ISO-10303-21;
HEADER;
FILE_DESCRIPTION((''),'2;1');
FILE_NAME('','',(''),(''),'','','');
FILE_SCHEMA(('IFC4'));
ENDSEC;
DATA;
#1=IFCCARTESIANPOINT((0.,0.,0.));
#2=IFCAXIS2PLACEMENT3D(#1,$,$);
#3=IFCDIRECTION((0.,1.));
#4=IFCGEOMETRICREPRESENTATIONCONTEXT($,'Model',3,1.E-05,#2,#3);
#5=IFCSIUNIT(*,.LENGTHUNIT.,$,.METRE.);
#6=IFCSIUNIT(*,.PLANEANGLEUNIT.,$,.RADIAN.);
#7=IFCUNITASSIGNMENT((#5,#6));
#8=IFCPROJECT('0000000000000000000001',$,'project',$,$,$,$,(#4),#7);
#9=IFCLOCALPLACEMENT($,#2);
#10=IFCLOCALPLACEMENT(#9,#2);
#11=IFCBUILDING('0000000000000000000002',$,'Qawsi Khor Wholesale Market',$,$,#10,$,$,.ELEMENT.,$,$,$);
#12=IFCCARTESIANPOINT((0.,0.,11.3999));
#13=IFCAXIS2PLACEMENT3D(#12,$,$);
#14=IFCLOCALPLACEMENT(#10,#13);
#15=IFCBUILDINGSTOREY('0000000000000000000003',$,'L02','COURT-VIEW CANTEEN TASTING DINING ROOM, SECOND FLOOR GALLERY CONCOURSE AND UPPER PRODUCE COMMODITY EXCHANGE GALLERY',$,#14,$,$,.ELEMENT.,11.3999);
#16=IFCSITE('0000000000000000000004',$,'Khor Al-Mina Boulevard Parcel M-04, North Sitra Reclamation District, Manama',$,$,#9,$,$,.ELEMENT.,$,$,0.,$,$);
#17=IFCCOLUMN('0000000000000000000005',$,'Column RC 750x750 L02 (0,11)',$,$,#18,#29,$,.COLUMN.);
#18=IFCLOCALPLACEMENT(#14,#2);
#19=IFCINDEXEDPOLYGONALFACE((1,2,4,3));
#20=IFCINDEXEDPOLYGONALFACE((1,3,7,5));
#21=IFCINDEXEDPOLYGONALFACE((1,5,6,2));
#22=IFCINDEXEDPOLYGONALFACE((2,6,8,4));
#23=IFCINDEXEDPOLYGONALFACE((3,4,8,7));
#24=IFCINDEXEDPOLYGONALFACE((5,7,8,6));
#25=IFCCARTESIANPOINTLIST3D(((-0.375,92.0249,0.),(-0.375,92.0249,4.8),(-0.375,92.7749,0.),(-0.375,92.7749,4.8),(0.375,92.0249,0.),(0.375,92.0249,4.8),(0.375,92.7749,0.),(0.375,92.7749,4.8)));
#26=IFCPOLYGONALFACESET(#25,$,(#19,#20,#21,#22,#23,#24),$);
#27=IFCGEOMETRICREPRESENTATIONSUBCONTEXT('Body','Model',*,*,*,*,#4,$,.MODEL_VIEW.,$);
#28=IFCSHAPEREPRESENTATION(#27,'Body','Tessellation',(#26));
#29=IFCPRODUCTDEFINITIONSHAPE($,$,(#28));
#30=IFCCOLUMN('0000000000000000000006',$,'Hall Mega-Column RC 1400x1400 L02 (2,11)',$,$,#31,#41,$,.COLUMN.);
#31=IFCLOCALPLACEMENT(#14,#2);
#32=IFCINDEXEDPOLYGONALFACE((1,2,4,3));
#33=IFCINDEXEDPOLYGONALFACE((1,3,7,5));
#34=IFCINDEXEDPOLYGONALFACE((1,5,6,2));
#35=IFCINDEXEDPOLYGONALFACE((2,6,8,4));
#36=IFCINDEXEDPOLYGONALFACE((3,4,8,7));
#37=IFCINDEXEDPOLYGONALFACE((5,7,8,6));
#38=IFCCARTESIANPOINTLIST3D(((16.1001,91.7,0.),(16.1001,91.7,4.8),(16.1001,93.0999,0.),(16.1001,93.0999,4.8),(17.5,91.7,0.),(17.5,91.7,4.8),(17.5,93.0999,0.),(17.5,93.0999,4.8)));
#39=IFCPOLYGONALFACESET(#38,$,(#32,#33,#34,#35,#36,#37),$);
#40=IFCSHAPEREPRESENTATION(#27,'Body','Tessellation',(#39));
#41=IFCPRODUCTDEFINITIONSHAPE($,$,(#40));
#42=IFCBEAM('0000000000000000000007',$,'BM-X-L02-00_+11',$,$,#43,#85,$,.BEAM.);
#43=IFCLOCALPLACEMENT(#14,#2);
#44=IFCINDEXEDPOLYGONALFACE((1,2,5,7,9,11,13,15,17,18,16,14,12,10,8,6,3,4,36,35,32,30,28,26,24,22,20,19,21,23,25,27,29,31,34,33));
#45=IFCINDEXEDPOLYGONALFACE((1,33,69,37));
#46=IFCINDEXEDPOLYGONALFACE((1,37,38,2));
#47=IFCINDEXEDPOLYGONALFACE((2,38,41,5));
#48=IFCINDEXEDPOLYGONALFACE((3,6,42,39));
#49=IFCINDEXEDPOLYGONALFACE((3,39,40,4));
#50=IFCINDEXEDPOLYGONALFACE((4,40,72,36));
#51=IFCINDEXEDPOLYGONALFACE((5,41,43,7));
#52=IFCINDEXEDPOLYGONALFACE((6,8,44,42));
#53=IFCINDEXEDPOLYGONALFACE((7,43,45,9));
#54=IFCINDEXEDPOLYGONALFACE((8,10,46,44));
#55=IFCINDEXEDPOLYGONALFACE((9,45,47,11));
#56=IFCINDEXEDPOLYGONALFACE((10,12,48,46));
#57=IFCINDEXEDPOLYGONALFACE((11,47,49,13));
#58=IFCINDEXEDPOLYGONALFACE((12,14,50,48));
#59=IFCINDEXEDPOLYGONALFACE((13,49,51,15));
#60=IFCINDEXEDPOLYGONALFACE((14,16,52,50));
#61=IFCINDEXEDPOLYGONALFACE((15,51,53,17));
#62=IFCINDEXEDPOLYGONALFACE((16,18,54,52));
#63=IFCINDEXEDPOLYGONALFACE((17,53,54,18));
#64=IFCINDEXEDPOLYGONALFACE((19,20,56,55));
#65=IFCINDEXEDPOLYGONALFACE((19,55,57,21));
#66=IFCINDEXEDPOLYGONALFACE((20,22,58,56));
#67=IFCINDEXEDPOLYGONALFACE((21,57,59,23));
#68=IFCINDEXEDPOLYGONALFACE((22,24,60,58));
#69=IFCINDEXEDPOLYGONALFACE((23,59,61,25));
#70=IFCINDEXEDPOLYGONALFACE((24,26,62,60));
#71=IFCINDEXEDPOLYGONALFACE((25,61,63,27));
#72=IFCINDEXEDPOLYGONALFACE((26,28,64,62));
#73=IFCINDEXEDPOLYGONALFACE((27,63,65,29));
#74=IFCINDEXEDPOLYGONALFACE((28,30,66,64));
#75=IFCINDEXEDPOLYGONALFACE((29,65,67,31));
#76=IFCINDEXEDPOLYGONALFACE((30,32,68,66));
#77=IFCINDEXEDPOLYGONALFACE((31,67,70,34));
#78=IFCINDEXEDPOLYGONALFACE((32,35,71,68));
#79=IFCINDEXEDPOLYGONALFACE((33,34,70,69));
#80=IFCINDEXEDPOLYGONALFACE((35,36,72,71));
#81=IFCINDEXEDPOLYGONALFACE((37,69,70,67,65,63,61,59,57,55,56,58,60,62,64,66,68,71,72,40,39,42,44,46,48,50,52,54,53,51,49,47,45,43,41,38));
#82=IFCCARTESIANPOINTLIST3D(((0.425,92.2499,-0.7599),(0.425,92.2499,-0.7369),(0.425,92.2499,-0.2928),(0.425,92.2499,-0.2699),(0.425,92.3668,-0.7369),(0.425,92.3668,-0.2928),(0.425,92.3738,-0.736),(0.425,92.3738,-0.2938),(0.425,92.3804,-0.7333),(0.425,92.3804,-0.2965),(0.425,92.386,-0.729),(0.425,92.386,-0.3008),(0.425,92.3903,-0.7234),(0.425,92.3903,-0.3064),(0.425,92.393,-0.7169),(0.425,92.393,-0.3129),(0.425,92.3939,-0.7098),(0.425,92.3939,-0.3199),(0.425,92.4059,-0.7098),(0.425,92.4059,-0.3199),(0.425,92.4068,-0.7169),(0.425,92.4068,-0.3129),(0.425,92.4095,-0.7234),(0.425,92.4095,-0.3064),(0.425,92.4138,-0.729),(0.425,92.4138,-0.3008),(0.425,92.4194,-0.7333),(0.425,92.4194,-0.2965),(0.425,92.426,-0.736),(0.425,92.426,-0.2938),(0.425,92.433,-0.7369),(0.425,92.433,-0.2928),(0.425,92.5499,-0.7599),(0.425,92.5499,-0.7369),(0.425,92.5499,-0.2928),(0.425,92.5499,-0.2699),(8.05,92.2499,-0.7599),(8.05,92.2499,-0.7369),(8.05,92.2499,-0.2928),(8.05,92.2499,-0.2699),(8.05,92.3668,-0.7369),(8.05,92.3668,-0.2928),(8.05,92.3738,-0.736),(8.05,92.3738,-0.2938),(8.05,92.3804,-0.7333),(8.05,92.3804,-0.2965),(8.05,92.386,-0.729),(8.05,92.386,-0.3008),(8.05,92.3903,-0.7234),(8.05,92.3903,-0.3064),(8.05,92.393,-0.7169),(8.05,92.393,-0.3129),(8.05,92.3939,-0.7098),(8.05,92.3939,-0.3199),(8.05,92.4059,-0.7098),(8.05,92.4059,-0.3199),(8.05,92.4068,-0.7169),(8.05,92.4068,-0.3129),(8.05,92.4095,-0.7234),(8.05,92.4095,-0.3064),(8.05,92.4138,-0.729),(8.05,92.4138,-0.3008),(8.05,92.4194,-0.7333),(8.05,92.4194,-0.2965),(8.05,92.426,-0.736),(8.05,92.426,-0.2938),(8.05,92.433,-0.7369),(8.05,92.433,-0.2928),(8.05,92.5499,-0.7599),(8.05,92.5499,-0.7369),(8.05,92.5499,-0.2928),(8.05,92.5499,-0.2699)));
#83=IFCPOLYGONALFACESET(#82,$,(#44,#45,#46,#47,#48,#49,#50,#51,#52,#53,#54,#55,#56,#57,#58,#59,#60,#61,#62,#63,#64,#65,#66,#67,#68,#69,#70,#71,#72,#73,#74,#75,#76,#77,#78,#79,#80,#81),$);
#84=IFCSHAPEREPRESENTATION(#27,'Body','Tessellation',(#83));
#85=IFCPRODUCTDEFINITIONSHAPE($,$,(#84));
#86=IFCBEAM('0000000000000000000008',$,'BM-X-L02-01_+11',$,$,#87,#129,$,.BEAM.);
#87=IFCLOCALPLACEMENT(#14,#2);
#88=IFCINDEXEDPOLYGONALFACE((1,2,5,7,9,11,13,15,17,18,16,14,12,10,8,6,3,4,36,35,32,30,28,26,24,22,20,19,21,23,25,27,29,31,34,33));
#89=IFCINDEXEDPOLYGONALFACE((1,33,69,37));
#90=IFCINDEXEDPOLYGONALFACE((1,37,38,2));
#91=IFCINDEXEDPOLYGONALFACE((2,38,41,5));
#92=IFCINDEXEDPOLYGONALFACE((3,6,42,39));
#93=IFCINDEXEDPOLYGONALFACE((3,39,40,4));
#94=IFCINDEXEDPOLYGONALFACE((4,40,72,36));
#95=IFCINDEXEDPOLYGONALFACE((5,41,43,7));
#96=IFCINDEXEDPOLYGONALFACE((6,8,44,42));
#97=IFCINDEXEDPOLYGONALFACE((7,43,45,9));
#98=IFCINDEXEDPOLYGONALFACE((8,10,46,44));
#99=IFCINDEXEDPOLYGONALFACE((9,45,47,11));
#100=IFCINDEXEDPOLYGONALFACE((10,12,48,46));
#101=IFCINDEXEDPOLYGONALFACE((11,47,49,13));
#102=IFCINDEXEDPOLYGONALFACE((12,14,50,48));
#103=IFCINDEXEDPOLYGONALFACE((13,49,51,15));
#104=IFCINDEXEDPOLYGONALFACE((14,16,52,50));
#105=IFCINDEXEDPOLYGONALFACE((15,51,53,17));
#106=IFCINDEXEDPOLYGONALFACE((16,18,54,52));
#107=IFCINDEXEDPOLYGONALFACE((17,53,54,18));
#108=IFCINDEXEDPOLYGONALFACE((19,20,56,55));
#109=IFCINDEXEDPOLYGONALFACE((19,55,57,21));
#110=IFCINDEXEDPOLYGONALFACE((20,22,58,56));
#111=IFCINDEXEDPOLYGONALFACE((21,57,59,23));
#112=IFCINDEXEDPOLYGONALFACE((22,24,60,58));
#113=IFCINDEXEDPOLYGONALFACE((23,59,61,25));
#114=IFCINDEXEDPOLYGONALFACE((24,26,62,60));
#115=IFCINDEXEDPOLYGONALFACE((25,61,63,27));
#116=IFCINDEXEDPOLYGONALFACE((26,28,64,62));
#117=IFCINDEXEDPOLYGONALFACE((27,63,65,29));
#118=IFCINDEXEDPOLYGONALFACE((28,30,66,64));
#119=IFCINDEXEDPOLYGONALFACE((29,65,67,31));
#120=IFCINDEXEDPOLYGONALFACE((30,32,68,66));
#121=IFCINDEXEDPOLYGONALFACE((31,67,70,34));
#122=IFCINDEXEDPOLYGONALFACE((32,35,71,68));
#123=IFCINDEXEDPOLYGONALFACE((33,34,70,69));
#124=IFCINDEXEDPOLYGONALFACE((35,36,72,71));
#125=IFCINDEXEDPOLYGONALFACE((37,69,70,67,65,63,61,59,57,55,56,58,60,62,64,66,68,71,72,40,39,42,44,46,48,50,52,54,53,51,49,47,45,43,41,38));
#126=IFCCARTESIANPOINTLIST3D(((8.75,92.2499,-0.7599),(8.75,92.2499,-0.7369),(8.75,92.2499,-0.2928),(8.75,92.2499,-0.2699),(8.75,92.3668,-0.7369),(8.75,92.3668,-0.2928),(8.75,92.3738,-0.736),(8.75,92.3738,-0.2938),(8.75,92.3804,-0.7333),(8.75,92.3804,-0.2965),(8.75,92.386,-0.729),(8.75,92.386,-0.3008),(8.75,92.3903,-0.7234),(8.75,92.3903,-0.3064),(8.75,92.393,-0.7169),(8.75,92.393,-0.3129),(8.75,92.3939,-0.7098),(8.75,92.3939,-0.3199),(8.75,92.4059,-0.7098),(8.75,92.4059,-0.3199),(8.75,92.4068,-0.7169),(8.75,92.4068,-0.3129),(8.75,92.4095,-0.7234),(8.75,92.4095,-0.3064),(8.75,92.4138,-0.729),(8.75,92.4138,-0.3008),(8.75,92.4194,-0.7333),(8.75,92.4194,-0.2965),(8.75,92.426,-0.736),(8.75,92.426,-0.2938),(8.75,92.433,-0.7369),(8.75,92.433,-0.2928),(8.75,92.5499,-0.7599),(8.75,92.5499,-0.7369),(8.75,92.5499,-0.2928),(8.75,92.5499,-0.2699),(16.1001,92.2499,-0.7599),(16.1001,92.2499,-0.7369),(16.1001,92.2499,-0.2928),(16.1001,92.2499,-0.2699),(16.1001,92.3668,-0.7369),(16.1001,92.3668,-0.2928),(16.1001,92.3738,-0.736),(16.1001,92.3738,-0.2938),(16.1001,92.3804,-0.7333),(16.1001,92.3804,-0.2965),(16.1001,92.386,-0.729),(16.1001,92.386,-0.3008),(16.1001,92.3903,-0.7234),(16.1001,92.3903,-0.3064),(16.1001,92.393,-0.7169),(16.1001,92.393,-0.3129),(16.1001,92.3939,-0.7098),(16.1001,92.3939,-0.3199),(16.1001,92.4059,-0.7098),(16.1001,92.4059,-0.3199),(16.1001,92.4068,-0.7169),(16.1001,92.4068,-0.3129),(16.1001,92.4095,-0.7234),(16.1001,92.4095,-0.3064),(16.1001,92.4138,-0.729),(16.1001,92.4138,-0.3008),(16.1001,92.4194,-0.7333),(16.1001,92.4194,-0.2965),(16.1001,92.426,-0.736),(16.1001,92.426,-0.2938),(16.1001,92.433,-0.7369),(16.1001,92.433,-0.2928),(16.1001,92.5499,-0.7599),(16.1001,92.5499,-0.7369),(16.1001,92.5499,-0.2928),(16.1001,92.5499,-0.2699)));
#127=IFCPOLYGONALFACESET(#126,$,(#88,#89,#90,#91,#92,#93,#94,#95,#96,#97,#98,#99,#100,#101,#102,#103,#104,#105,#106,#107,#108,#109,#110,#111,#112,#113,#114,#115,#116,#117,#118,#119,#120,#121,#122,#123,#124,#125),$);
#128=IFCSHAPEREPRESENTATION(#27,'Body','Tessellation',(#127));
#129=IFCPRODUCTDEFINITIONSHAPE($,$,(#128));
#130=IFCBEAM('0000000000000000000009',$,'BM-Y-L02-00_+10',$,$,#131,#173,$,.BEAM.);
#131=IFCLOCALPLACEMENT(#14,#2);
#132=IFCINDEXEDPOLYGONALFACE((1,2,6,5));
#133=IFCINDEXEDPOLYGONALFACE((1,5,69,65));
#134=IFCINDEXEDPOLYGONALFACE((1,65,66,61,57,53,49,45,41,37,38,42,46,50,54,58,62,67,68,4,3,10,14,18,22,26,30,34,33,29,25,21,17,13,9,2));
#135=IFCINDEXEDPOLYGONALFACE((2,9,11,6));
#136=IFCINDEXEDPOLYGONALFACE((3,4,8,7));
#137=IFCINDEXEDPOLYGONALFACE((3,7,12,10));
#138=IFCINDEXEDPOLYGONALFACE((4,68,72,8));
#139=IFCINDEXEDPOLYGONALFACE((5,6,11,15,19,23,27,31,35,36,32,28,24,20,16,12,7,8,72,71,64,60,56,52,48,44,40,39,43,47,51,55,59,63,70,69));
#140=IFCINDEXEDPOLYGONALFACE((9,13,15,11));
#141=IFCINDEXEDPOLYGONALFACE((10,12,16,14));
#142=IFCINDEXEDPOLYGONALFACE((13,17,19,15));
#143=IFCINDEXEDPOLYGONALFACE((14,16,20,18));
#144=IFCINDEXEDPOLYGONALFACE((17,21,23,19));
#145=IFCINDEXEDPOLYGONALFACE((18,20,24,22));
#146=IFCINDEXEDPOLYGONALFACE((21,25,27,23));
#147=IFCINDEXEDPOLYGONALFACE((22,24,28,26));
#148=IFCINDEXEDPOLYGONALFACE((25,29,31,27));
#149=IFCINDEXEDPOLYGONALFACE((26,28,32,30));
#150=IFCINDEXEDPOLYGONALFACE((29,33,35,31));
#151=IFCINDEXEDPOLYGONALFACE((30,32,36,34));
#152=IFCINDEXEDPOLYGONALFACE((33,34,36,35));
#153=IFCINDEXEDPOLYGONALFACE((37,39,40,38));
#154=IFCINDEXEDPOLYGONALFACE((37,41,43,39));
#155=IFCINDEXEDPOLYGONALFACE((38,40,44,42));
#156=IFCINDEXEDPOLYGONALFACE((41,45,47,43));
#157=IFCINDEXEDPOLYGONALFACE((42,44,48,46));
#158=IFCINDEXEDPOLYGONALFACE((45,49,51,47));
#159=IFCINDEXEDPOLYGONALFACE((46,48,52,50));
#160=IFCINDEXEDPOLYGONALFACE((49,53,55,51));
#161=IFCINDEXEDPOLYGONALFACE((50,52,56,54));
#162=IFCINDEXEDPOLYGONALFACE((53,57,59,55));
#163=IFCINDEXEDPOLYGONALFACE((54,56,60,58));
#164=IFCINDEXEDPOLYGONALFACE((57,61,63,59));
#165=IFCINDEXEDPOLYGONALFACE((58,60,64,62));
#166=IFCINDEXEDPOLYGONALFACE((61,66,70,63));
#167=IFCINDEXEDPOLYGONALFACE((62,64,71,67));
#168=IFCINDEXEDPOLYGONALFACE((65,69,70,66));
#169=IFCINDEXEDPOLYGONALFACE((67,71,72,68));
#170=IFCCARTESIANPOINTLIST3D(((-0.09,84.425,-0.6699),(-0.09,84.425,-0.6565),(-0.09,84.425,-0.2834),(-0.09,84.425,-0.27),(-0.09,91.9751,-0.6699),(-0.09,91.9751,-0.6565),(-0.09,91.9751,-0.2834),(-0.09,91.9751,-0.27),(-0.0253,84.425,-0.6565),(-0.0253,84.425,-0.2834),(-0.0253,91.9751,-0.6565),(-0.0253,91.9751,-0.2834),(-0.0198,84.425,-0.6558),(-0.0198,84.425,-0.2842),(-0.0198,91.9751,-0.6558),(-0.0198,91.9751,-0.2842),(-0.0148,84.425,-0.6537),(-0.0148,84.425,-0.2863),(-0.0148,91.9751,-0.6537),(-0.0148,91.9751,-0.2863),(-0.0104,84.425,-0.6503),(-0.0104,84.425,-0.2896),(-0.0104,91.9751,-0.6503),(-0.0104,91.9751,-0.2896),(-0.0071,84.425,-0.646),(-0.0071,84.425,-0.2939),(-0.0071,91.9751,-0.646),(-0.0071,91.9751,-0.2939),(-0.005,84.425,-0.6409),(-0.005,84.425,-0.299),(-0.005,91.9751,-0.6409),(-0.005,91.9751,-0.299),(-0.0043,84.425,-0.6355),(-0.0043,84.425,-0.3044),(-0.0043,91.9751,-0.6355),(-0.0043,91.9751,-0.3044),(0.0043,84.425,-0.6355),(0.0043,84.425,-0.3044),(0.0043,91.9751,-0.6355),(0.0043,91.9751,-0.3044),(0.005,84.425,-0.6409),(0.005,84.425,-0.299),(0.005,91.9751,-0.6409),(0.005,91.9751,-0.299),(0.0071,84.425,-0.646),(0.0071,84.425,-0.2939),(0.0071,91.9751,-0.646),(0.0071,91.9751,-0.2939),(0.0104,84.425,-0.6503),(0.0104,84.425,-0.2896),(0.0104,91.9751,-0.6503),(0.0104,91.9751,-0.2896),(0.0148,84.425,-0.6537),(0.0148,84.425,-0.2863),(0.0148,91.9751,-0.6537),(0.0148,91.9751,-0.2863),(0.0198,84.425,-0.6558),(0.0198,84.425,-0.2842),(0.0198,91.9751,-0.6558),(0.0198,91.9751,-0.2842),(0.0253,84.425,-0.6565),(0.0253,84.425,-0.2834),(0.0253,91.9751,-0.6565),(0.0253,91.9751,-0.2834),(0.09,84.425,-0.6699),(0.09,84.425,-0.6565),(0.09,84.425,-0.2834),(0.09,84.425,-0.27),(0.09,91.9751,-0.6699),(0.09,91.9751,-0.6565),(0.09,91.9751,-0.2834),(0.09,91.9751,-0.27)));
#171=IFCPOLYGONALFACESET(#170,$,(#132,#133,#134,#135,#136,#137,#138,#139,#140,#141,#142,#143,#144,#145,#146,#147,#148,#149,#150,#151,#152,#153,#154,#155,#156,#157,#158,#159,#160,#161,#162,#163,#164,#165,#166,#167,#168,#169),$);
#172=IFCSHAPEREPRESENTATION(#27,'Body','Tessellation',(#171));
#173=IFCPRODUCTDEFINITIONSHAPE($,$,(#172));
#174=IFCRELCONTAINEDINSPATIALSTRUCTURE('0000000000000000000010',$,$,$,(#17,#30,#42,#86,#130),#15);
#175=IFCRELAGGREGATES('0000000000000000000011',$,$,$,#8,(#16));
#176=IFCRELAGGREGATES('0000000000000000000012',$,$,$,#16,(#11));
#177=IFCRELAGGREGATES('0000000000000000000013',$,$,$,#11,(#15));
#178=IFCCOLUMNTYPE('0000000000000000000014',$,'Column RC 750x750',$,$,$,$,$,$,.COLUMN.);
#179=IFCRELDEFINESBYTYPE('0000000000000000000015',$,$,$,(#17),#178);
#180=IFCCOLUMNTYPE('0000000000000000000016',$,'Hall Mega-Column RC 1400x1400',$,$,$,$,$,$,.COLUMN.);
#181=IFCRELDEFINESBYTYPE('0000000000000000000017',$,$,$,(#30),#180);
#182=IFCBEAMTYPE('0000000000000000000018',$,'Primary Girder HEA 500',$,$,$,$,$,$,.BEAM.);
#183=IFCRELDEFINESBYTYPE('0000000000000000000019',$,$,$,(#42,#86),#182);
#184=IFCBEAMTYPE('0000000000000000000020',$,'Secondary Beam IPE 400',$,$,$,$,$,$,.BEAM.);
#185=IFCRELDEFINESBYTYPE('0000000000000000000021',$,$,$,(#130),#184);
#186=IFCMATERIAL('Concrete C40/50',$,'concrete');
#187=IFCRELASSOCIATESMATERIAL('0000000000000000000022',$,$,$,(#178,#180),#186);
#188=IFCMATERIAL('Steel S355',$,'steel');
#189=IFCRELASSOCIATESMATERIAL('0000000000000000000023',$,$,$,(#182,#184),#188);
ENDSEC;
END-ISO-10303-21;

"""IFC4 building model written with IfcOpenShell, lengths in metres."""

from ifc_helpers import new_model, si_unit, direction, frame, origin, origin_2d, place, context, subcontext, project, spatial, rectangle, i_section, extrude, material, material_profile, profile_set, type_object, element, save


model = new_model("IFC4")

# Units and contexts
model_context = context("Model", 3, precision=1e-05, world=origin(), true_north=direction((0.0, 1.0)))
body_context = subcontext(model_context, "Body", "Model", "MODEL_VIEW")
ifc_project = project(units=[si_unit("LENGTHUNIT", "METRE"), si_unit("PLANEANGLEUNIT", "RADIAN")], contexts=[model_context])

# Site, building, storey
site_placement = place(None, origin())
site = spatial("IfcSite", under=ifc_project, at=site_placement, Name="Khor Al-Mina Boulevard Parcel M-04, North Sitra Reclamation District, Manama", CompositionType="ELEMENT", RefElevation=0.0)
building_placement = place(site_placement, origin())
building = spatial("IfcBuilding", under=site, at=building_placement, Name="Qawsi Khor Wholesale Market", CompositionType="ELEMENT")
storey_placement = place(building_placement, frame((0.0, 0.0, 11.3999)))
storey = spatial("IfcBuildingStorey", under=building, at=storey_placement, Name="L02", Description="COURT-VIEW CANTEEN TASTING DINING ROOM, SECOND FLOOR GALLERY CONCOURSE AND UPPER PRODUCE COMMODITY EXCHANGE GALLERY", CompositionType="ELEMENT", Elevation=11.3999)

# Columns
ifc_material_1 = material(Name="Concrete C40/50", Category="concrete")
ifc_material_profile_1 = material_profile(ifc_material_1, rectangle(XDim=0.75, YDim=0.75, at=origin_2d()), Name="RC 750x750")
ifc_profile_set_1 = profile_set([ifc_material_profile_1], Name="Concrete C40/50")
column_type_1 = type_object("IfcColumnType", Name="Column RC 750x750", PredefinedType="COLUMN", material=ifc_profile_set_1)
column_1_placement = place(storey_placement, frame((0.0, 92.3999, 0.0), z_axis=(0.0, 0.0, 1.0), x_axis=(1.0, 0.0, 0.0)))
element("IfcColumn", 1, at=column_1_placement, inside=storey, type_object=column_type_1, Name="Column RC 750x750 L02 (0,11)", PredefinedType="COLUMN", context=body_context, shape_type="SweptSolid", body=[
    extrude(rectangle(XDim=0.75, YDim=0.75, at=origin_2d()), origin(), (0.0, 0.0, 1.0), 4.8),
])
ifc_material_profile_2 = material_profile(ifc_material_1, rectangle(XDim=1.3999, YDim=1.3999, at=origin_2d()), Name="RC 1400x1400")
ifc_profile_set_2 = profile_set([ifc_material_profile_2], Name="Concrete C40/50")
column_type_2 = type_object("IfcColumnType", Name="Hall Mega-Column RC 1400x1400", PredefinedType="COLUMN", material=ifc_profile_set_2)
column_2_placement = place(storey_placement, frame((16.8, 92.3999, 0.0), z_axis=(0.0, 0.0, 1.0), x_axis=(1.0, 0.0, 0.0)))
element("IfcColumn", 2, at=column_2_placement, inside=storey, type_object=column_type_2, Name="Hall Mega-Column RC 1400x1400 L02 (2,11)", PredefinedType="COLUMN", context=body_context, shape_type="SweptSolid", body=[
    extrude(rectangle(XDim=1.3999, YDim=1.3999, at=origin_2d()), origin(), (0.0, 0.0, 1.0), 4.8),
])

# Beams
ifc_material_2 = material(Name="Steel S355", Category="steel")
ifc_material_profile_3 = material_profile(ifc_material_2, i_section(OverallWidth=0.3, OverallDepth=0.49, WebThickness=0.012, FlangeThickness=0.0229, FilletRadius=0.0271, at=origin_2d()), Name="HEA 500")
ifc_profile_set_3 = profile_set([ifc_material_profile_3], Name="Steel S355")
beam_type_1 = type_object("IfcBeamType", Name="Primary Girder HEA 500", PredefinedType="BEAM", material=ifc_profile_set_3)
beam_1_placement = place(storey_placement, frame((0.425, 92.3999, -0.5149), z_axis=(1.0, 0.0, 0.0), x_axis=(0.0, 1.0, 0.0)))
element("IfcBeam", 3, at=beam_1_placement, inside=storey, type_object=beam_type_1, Name="BM-X-L02-00_+11", PredefinedType="BEAM", context=body_context, shape_type="SweptSolid", body=[
    extrude(i_section(OverallWidth=0.3, OverallDepth=0.49, WebThickness=0.012, FlangeThickness=0.0229, FilletRadius=0.0271, at=origin_2d()), origin(), (0.0, 0.0, 1.0), 7.625),
])
beam_2_placement = place(storey_placement, frame((8.75, 92.3999, -0.5149), z_axis=(1.0, 0.0, 0.0), x_axis=(0.0, 1.0, 0.0)))
element("IfcBeam", 4, at=beam_2_placement, inside=storey, type_object=beam_type_1, Name="BM-X-L02-01_+11", PredefinedType="BEAM", context=body_context, shape_type="SweptSolid", body=[
    extrude(i_section(OverallWidth=0.3, OverallDepth=0.49, WebThickness=0.012, FlangeThickness=0.0229, FilletRadius=0.0271, at=origin_2d()), origin(), (0.0, 0.0, 1.0), 7.3501),
])
ifc_material_profile_4 = material_profile(ifc_material_2, i_section(OverallWidth=0.1799, OverallDepth=0.3999, WebThickness=0.0085, FlangeThickness=0.0134, FilletRadius=0.021, at=origin_2d()), Name="IPE 400")
ifc_profile_set_4 = profile_set([ifc_material_profile_4], Name="Steel S355")
beam_type_2 = type_object("IfcBeamType", Name="Secondary Beam IPE 400", PredefinedType="BEAM", material=ifc_profile_set_4)
for number, where, z_axis, x_axis, name in (
    (5, (0.0, 84.425, -0.47), (0.0, 1.0, 0.0), (-1.0, 0.0, 0.0), "BM-Y-L02-00_+10"),
):
    element("IfcBeam", number, at=place(storey_placement, frame(where, z_axis=z_axis, x_axis=x_axis)), inside=storey, type_object=beam_type_2, Name=name, PredefinedType="BEAM", context=body_context, shape_type="SweptSolid", body=[
        extrude(i_section(OverallWidth=0.1799, OverallDepth=0.3999, WebThickness=0.0085, FlangeThickness=0.0134, FilletRadius=0.021, at=origin_2d()), origin(), (0.0, 0.0, 1.0), 7.55),
    ])

save(model, "model.ifc")
